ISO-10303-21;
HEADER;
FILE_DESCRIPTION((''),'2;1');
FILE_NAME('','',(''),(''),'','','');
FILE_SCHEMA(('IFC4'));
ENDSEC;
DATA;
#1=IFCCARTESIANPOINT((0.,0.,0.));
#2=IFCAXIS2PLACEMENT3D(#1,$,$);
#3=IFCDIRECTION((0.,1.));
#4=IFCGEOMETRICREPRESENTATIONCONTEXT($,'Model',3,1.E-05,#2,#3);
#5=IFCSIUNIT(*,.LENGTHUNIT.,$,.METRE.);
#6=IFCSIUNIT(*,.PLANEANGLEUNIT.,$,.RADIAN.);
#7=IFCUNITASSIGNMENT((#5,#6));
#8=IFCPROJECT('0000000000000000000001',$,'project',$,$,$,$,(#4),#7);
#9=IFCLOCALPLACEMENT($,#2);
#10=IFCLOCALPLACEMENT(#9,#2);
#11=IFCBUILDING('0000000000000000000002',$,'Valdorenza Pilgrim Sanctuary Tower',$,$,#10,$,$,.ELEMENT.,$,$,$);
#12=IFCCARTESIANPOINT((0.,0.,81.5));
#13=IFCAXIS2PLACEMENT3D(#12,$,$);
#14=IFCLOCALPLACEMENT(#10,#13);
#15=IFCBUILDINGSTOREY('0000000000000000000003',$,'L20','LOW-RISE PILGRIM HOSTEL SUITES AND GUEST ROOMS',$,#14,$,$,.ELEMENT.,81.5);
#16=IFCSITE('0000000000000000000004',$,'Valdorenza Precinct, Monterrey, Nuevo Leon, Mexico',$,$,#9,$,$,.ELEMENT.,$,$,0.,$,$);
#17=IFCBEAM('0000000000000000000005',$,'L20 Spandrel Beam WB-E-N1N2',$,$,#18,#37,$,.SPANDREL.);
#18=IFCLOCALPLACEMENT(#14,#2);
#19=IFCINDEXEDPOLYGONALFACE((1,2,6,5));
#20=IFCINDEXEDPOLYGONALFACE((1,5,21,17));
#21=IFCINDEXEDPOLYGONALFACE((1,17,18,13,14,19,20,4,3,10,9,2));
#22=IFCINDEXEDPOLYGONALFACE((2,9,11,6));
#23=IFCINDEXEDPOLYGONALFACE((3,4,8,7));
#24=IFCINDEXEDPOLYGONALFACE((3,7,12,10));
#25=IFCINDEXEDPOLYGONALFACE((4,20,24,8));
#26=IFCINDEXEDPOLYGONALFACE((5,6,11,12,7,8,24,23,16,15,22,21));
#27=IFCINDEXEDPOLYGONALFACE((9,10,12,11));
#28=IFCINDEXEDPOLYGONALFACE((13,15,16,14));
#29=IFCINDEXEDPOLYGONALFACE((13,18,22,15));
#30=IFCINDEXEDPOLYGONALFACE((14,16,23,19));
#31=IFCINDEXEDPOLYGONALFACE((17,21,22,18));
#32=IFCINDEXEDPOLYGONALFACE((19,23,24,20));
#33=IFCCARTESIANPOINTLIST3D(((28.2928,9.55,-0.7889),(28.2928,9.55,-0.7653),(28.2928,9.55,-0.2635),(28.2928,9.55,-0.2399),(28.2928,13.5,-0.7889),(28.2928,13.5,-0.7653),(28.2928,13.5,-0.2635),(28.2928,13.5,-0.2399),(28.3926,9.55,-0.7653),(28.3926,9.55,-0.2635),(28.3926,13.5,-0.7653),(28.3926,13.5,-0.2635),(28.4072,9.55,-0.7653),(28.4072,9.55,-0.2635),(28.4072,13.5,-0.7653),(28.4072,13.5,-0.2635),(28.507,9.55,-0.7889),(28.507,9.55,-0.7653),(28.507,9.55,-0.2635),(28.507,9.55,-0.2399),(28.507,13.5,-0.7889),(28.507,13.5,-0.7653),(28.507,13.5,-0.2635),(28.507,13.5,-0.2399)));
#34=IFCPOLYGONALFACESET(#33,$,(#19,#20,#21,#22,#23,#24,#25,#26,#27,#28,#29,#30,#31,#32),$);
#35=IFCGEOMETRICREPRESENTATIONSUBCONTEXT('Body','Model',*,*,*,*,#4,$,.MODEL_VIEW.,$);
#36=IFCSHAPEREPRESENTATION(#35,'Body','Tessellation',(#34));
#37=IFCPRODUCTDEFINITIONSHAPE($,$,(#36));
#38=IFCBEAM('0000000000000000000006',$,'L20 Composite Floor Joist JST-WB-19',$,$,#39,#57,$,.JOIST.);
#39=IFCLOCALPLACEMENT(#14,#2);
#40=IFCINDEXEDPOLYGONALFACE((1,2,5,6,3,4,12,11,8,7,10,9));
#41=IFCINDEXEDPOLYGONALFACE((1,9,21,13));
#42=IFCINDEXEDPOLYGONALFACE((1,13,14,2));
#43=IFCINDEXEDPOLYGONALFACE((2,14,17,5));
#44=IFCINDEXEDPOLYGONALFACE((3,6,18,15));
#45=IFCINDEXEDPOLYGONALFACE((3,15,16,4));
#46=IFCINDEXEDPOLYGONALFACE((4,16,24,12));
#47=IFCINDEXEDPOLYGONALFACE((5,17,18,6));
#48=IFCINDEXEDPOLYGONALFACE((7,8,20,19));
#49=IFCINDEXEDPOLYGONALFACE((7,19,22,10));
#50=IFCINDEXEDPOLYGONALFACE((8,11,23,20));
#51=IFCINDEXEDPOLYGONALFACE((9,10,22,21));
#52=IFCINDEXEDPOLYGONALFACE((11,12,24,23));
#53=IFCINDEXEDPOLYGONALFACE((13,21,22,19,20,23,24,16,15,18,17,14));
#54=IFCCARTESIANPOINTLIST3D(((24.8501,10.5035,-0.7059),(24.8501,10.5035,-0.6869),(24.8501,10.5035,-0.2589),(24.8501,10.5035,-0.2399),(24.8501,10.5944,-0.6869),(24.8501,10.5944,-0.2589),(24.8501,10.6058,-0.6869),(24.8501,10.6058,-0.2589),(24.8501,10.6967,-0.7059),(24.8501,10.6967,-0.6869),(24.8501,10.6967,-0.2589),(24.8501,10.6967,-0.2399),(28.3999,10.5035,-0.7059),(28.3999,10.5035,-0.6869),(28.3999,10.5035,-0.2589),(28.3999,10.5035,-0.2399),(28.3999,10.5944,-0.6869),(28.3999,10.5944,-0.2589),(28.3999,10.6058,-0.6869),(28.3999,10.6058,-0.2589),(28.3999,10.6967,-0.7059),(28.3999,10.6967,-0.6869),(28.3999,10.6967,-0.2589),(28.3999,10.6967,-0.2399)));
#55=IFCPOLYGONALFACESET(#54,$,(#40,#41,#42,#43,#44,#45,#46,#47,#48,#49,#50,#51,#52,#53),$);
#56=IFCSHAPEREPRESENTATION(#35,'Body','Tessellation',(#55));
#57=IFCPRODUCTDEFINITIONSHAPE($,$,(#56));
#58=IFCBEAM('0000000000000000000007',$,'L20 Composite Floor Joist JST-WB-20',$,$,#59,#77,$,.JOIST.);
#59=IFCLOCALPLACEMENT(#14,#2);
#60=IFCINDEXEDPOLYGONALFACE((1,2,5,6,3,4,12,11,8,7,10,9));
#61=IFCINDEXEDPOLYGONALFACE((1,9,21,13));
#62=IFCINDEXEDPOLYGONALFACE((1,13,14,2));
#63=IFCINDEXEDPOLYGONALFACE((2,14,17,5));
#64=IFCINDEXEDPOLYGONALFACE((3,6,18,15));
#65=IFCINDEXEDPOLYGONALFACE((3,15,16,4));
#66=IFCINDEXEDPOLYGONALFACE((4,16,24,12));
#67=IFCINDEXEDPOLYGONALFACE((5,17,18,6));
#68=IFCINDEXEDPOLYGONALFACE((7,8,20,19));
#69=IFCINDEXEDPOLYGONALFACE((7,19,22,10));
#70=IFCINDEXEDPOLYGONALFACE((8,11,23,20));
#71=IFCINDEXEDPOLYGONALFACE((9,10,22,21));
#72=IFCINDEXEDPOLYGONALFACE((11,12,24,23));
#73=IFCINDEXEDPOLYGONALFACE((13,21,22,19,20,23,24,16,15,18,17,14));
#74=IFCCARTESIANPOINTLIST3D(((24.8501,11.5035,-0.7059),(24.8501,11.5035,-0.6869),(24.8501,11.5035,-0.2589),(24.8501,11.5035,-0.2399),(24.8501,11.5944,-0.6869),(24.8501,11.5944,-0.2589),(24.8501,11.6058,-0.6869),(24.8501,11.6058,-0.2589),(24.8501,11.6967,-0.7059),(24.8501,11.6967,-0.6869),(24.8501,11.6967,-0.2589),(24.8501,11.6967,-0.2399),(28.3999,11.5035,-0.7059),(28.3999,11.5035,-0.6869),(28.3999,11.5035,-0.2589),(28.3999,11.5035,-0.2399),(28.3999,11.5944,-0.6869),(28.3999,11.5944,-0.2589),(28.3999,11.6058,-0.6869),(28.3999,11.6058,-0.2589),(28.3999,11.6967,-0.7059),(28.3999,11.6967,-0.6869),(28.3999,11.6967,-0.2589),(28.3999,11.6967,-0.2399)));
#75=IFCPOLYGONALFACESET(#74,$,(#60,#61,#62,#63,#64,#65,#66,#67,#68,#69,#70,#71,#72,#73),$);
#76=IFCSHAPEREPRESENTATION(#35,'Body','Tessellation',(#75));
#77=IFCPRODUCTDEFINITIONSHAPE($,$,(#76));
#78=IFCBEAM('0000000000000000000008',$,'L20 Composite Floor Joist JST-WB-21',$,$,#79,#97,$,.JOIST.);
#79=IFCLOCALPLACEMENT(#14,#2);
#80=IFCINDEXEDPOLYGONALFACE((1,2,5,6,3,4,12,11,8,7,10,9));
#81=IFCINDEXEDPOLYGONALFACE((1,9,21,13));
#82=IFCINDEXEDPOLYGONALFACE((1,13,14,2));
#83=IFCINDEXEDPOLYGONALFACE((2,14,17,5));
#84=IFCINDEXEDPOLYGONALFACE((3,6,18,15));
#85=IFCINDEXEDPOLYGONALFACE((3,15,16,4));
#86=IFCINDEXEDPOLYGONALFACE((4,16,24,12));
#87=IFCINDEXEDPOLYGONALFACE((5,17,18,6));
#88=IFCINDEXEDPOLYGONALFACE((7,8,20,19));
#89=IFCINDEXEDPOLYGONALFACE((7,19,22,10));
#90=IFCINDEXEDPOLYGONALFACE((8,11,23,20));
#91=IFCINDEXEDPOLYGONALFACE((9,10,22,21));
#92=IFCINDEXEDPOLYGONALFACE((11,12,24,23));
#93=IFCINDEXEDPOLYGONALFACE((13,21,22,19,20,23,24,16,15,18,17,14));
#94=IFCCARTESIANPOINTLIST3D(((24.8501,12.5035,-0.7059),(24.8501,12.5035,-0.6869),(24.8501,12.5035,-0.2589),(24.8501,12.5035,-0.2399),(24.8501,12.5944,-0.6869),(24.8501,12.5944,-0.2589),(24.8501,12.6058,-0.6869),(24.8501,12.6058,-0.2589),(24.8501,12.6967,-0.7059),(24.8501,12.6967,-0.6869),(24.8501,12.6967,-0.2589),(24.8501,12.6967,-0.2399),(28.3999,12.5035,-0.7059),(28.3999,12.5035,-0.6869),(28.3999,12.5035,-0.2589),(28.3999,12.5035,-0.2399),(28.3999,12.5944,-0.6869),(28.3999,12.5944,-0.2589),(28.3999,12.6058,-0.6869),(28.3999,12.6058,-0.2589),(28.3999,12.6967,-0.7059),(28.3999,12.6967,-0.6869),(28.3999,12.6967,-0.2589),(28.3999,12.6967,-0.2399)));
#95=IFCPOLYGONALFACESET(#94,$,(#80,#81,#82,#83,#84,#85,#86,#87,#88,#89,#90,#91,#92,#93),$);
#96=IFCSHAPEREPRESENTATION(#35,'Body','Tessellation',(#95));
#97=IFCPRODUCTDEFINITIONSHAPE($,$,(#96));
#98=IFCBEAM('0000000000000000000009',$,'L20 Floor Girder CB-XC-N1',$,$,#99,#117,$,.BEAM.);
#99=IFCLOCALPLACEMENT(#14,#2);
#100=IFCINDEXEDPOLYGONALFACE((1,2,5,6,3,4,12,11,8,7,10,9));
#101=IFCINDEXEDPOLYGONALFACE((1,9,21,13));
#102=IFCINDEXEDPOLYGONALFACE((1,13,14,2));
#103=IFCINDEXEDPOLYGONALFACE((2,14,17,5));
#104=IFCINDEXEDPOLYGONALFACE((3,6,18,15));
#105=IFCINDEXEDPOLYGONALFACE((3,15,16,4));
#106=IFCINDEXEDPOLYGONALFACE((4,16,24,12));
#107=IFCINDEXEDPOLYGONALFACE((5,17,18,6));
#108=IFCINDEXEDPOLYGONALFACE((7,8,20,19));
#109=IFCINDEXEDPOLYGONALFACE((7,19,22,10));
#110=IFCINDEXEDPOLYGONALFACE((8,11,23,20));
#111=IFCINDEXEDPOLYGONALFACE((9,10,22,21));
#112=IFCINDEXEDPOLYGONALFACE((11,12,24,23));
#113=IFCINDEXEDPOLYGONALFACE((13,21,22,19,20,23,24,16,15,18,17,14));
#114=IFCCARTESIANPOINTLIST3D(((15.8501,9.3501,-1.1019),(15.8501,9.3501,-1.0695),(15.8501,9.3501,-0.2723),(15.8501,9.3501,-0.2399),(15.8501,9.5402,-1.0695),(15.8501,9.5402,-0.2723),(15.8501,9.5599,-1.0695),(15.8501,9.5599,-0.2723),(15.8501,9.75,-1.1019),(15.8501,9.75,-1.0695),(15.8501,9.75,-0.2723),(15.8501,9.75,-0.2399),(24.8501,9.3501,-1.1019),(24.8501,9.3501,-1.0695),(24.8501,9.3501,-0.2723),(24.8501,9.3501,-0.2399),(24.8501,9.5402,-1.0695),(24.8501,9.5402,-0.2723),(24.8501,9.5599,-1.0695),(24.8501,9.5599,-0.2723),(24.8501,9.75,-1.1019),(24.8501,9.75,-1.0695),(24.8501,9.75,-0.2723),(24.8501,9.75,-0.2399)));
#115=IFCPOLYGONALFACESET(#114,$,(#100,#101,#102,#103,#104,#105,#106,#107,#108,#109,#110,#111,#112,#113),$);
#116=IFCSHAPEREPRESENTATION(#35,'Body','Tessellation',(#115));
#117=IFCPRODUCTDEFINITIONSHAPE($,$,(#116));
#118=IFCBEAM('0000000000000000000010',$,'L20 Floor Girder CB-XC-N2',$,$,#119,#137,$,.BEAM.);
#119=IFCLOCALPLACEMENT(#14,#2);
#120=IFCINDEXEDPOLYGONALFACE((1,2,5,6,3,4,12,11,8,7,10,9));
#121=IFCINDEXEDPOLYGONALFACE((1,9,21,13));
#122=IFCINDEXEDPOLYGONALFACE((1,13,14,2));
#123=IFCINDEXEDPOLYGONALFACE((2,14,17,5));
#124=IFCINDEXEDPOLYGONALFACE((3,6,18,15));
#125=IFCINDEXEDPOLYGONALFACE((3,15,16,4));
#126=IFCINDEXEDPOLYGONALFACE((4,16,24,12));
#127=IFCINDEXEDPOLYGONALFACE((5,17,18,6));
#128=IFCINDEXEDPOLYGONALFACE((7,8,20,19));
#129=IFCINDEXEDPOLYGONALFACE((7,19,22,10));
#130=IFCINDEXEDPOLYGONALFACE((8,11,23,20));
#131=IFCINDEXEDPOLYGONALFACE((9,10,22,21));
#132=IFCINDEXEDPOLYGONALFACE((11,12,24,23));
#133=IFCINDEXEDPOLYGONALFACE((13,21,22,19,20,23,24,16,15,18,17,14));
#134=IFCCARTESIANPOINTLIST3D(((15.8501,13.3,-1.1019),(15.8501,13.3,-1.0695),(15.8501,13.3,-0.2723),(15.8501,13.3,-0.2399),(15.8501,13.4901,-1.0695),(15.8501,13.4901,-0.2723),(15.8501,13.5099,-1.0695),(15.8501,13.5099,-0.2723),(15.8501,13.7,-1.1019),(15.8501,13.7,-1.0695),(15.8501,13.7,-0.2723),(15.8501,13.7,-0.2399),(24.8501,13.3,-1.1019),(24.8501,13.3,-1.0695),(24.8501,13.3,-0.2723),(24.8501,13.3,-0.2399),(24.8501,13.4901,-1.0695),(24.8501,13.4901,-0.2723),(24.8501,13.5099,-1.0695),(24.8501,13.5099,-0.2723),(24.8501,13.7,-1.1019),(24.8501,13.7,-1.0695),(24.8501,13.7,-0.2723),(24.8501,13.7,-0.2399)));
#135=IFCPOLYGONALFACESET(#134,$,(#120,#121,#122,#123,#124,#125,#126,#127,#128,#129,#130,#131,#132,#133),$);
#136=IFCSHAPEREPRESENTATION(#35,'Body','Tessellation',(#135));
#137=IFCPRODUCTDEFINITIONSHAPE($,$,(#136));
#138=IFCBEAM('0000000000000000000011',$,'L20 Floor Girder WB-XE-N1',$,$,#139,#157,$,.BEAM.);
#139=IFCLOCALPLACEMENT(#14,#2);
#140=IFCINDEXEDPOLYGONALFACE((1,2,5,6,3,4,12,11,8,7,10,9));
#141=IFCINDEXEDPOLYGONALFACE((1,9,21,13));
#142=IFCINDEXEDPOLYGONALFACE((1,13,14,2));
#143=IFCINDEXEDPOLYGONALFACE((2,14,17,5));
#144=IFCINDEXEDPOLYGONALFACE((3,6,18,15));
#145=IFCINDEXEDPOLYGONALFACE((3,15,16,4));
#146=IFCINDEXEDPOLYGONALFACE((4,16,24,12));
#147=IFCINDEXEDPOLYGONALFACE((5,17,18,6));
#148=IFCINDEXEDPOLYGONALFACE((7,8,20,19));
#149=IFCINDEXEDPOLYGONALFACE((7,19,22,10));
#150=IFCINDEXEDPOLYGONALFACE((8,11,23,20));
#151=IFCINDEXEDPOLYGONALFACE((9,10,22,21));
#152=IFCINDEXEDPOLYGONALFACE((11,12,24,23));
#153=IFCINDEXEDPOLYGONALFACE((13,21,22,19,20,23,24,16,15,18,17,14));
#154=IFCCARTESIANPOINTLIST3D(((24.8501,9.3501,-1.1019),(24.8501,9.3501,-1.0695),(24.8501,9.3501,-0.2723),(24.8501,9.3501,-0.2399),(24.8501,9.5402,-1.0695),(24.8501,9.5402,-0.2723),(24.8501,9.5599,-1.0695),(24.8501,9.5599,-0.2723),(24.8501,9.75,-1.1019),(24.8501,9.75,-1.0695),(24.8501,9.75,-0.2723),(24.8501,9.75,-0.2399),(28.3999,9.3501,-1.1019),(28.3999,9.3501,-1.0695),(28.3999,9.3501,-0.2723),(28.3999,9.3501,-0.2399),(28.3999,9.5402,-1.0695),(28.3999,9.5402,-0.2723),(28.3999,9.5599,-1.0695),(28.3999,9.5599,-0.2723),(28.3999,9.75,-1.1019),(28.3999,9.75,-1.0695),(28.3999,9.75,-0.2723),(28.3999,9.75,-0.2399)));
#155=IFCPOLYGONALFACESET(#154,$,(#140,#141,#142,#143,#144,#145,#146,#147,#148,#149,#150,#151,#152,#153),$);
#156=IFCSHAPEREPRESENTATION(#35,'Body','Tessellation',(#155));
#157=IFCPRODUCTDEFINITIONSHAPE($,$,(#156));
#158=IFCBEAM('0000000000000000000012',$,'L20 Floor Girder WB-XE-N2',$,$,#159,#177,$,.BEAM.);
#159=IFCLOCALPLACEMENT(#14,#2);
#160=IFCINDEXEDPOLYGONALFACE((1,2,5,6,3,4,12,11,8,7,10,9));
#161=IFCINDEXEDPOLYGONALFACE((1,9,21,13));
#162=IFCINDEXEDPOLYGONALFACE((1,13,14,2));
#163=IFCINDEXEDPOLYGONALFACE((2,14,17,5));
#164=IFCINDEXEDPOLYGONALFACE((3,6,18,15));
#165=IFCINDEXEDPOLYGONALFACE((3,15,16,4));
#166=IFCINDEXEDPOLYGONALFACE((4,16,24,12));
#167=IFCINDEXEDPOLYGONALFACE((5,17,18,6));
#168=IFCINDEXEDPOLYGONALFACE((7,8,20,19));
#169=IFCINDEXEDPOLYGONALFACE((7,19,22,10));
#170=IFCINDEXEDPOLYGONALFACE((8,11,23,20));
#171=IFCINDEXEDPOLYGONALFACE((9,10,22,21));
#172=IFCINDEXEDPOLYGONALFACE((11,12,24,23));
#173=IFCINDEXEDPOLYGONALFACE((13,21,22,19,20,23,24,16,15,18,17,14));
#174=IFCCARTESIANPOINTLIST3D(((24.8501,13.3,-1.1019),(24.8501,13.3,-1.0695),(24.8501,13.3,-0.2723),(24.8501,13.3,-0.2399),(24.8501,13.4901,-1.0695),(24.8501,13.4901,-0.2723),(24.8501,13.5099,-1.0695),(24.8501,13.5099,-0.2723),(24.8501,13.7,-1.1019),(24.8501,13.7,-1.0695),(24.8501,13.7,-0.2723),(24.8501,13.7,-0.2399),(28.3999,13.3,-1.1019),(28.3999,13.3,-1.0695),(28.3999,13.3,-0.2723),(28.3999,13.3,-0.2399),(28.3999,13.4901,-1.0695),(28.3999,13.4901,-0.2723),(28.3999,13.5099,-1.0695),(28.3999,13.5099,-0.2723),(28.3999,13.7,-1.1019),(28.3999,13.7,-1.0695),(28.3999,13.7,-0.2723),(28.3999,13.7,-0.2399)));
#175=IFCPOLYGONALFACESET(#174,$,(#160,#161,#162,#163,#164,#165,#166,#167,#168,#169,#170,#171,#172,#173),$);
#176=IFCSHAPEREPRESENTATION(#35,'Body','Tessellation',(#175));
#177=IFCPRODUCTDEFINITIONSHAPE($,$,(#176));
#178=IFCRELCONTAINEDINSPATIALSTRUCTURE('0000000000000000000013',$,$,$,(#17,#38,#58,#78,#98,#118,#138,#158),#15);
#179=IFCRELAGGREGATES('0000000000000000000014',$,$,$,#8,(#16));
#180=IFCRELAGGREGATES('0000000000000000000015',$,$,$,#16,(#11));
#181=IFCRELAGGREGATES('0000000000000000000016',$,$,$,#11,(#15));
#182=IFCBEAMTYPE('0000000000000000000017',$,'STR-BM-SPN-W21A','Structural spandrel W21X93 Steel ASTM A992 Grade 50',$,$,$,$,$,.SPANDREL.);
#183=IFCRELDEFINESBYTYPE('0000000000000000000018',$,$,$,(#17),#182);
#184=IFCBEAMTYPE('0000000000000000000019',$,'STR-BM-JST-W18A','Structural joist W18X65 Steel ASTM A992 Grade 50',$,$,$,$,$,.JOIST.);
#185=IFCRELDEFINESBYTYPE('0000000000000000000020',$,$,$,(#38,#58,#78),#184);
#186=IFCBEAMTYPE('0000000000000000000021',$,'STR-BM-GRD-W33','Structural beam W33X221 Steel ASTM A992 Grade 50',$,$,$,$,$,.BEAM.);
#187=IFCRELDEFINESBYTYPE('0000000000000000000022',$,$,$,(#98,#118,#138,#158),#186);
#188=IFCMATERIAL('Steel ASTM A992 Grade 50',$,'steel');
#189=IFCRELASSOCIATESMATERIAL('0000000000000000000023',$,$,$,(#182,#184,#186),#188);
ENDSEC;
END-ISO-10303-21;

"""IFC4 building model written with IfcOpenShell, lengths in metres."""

from ifc_helpers import new_model, si_unit, direction, frame, origin, origin_2d, place, context, subcontext, project, spatial, i_section, extrude, source, transform, mapped, material, material_profile, profile_set, type_object, element, save


model = new_model("IFC4")

# Units and contexts
model_context = context("Model", 3, precision=1e-05, world=origin(), true_north=direction((0.0, 1.0)))
body_context = subcontext(model_context, "Body", "Model", "MODEL_VIEW")
ifc_project = project(units=[si_unit("LENGTHUNIT", "METRE"), si_unit("PLANEANGLEUNIT", "RADIAN")], contexts=[model_context])

# Site, building, storey
site_placement = place(None, origin())
site = spatial("IfcSite", under=ifc_project, at=site_placement, Name="Valdorenza Precinct, Monterrey, Nuevo Leon, Mexico", CompositionType="ELEMENT", RefElevation=0.0)
building_placement = place(site_placement, origin())
building = spatial("IfcBuilding", under=site, at=building_placement, Name="Valdorenza Pilgrim Sanctuary Tower", CompositionType="ELEMENT")
storey_placement = place(building_placement, frame((0.0, 0.0, 81.5)))
storey = spatial("IfcBuildingStorey", under=building, at=storey_placement, Name="L20", Description="LOW-RISE PILGRIM HOSTEL SUITES AND GUEST ROOMS", CompositionType="ELEMENT", Elevation=81.5)

# Beams
ifc_material_1 = material(Name="Steel ASTM A992 Grade 50", Category="steel")
ifc_material_profile_1 = material_profile(ifc_material_1, i_section(OverallWidth=0.2141, OverallDepth=0.5491, WebThickness=0.0146, FlangeThickness=0.0237, at=origin_2d()), Name="W21X93")
ifc_profile_set_1 = profile_set([ifc_material_profile_1], Name="Steel ASTM A992 Grade 50")
beam_type_1 = type_object("IfcBeamType", Name="STR-BM-SPN-W21A", Description="Structural spandrel W21X93 Steel ASTM A992 Grade 50", PredefinedType="SPANDREL", material=ifc_profile_set_1)
shared_shape_1 = source(origin(), body_context, "Body", "SweptSolid", [
    extrude(i_section(OverallWidth=0.2141, OverallDepth=0.5491, WebThickness=0.0146, FlangeThickness=0.0237, at=origin_2d()), origin(), (0.0, 0.0, 1.0), 3.95),
])
beam_placement = place(storey_placement, frame((28.3999, 9.55, -0.5144), z_axis=(0.0, 1.0, 0.0), x_axis=(-1.0, 0.0, 0.0)))
element("IfcBeam", 1, at=beam_placement, inside=storey, type_object=beam_type_1, Name="L20 Spandrel Beam WB-E-N1N2", PredefinedType="SPANDREL", context=body_context, shape_type="MappedRepresentation", body=[
    mapped(shared_shape_1, transform((0.0, 0.0, 0.0), x_axis=(1.0, 0.0, 0.0), y_axis=(0.0, 1.0, 0.0), z_axis=(0.0, 0.0, 1.0), scale=1.0)),
])
ifc_material_profile_2 = material_profile(ifc_material_1, i_section(OverallWidth=0.1931, OverallDepth=0.4661, WebThickness=0.0115, FlangeThickness=0.019, at=origin_2d()), Name="W18X65")
ifc_profile_set_2 = profile_set([ifc_material_profile_2], Name="Steel ASTM A992 Grade 50")
beam_type_2 = type_object("IfcBeamType", Name="STR-BM-JST-W18A", Description="Structural joist W18X65 Steel ASTM A992 Grade 50", PredefinedType="JOIST", material=ifc_profile_set_2)
shared_shape_2 = source(origin(), body_context, "Body", "SweptSolid", [
    extrude(i_section(OverallWidth=0.1931, OverallDepth=0.4661, WebThickness=0.0115, FlangeThickness=0.019, at=origin_2d()), origin(), (0.0, 0.0, 1.0), 3.5498),
])
for number, where, z_axis, x_axis, name in (
    (2, (24.8501, 10.6001, -0.4729), (1.0, 0.0, 0.0), (0.0, 1.0, 0.0), "L20 Composite Floor Joist JST-WB-19"),
    (3, (24.8501, 11.6001, -0.4729), (1.0, 0.0, 0.0), (0.0, 1.0, 0.0), "L20 Composite Floor Joist JST-WB-20"),
    (4, (24.8501, 12.6001, -0.4729), (1.0, 0.0, 0.0), (0.0, 1.0, 0.0), "L20 Composite Floor Joist JST-WB-21"),
):
    element("IfcBeam", number, at=place(storey_placement, frame(where, z_axis=z_axis, x_axis=x_axis)), inside=storey, type_object=beam_type_2, Name=name, PredefinedType="JOIST", context=body_context, shape_type="MappedRepresentation", body=[
        mapped(shared_shape_2, transform((0.0, 0.0, 0.0), x_axis=(1.0, 0.0, 0.0), y_axis=(0.0, 1.0, 0.0), z_axis=(0.0, 0.0, 1.0), scale=1.0)),
    ])
ifc_material_profile_3 = material_profile(ifc_material_1, i_section(OverallWidth=0.3999, OverallDepth=0.8621, WebThickness=0.0198, FlangeThickness=0.0325, at=origin_2d()), Name="W33X221")
ifc_profile_set_3 = profile_set([ifc_material_profile_3], Name="Steel ASTM A992 Grade 50")
beam_type_3 = type_object("IfcBeamType", Name="STR-BM-GRD-W33", Description="Structural beam W33X221 Steel ASTM A992 Grade 50", PredefinedType="BEAM", material=ifc_profile_set_3)
shared_shape_3 = source(origin(), body_context, "Body", "SweptSolid", [
    extrude(i_section(OverallWidth=0.3999, OverallDepth=0.8621, WebThickness=0.0198, FlangeThickness=0.0325, at=origin_2d()), origin(), (0.0, 0.0, 1.0), 9.0),
])
for number, where, z_axis, x_axis, name in (
    (5, (15.8501, 9.55, -0.6709), (1.0, 0.0, 0.0), (0.0, 1.0, 0.0), "L20 Floor Girder CB-XC-N1"),
    (6, (15.8501, 13.5, -0.6709), (1.0, 0.0, 0.0), (0.0, 1.0, 0.0), "L20 Floor Girder CB-XC-N2"),
):
    element("IfcBeam", number, at=place(storey_placement, frame(where, z_axis=z_axis, x_axis=x_axis)), inside=storey, type_object=beam_type_3, Name=name, PredefinedType="BEAM", context=body_context, shape_type="MappedRepresentation", body=[
        mapped(shared_shape_3, transform((0.0, 0.0, 0.0), x_axis=(1.0, 0.0, 0.0), y_axis=(0.0, 1.0, 0.0), z_axis=(0.0, 0.0, 1.0), scale=1.0)),
    ])
shared_shape_4 = source(origin(), body_context, "Body", "SweptSolid", [
    extrude(i_section(OverallWidth=0.3999, OverallDepth=0.8621, WebThickness=0.0198, FlangeThickness=0.0325, at=origin_2d()), origin(), (0.0, 0.0, 1.0), 3.5498),
])
for number, where, z_axis, x_axis, name in (
    (7, (24.8501, 9.55, -0.6709), (1.0, 0.0, 0.0), (0.0, 1.0, 0.0), "L20 Floor Girder WB-XE-N1"),
    (8, (24.8501, 13.5, -0.6709), (1.0, 0.0, 0.0), (0.0, 1.0, 0.0), "L20 Floor Girder WB-XE-N2"),
):
    element("IfcBeam", number, at=place(storey_placement, frame(where, z_axis=z_axis, x_axis=x_axis)), inside=storey, type_object=beam_type_3, Name=name, PredefinedType="BEAM", context=body_context, shape_type="MappedRepresentation", body=[
        mapped(shared_shape_4, transform((0.0, 0.0, 0.0), x_axis=(1.0, 0.0, 0.0), y_axis=(0.0, 1.0, 0.0), z_axis=(0.0, 0.0, 1.0), scale=1.0)),
    ])

save(model, "model.ifc")
